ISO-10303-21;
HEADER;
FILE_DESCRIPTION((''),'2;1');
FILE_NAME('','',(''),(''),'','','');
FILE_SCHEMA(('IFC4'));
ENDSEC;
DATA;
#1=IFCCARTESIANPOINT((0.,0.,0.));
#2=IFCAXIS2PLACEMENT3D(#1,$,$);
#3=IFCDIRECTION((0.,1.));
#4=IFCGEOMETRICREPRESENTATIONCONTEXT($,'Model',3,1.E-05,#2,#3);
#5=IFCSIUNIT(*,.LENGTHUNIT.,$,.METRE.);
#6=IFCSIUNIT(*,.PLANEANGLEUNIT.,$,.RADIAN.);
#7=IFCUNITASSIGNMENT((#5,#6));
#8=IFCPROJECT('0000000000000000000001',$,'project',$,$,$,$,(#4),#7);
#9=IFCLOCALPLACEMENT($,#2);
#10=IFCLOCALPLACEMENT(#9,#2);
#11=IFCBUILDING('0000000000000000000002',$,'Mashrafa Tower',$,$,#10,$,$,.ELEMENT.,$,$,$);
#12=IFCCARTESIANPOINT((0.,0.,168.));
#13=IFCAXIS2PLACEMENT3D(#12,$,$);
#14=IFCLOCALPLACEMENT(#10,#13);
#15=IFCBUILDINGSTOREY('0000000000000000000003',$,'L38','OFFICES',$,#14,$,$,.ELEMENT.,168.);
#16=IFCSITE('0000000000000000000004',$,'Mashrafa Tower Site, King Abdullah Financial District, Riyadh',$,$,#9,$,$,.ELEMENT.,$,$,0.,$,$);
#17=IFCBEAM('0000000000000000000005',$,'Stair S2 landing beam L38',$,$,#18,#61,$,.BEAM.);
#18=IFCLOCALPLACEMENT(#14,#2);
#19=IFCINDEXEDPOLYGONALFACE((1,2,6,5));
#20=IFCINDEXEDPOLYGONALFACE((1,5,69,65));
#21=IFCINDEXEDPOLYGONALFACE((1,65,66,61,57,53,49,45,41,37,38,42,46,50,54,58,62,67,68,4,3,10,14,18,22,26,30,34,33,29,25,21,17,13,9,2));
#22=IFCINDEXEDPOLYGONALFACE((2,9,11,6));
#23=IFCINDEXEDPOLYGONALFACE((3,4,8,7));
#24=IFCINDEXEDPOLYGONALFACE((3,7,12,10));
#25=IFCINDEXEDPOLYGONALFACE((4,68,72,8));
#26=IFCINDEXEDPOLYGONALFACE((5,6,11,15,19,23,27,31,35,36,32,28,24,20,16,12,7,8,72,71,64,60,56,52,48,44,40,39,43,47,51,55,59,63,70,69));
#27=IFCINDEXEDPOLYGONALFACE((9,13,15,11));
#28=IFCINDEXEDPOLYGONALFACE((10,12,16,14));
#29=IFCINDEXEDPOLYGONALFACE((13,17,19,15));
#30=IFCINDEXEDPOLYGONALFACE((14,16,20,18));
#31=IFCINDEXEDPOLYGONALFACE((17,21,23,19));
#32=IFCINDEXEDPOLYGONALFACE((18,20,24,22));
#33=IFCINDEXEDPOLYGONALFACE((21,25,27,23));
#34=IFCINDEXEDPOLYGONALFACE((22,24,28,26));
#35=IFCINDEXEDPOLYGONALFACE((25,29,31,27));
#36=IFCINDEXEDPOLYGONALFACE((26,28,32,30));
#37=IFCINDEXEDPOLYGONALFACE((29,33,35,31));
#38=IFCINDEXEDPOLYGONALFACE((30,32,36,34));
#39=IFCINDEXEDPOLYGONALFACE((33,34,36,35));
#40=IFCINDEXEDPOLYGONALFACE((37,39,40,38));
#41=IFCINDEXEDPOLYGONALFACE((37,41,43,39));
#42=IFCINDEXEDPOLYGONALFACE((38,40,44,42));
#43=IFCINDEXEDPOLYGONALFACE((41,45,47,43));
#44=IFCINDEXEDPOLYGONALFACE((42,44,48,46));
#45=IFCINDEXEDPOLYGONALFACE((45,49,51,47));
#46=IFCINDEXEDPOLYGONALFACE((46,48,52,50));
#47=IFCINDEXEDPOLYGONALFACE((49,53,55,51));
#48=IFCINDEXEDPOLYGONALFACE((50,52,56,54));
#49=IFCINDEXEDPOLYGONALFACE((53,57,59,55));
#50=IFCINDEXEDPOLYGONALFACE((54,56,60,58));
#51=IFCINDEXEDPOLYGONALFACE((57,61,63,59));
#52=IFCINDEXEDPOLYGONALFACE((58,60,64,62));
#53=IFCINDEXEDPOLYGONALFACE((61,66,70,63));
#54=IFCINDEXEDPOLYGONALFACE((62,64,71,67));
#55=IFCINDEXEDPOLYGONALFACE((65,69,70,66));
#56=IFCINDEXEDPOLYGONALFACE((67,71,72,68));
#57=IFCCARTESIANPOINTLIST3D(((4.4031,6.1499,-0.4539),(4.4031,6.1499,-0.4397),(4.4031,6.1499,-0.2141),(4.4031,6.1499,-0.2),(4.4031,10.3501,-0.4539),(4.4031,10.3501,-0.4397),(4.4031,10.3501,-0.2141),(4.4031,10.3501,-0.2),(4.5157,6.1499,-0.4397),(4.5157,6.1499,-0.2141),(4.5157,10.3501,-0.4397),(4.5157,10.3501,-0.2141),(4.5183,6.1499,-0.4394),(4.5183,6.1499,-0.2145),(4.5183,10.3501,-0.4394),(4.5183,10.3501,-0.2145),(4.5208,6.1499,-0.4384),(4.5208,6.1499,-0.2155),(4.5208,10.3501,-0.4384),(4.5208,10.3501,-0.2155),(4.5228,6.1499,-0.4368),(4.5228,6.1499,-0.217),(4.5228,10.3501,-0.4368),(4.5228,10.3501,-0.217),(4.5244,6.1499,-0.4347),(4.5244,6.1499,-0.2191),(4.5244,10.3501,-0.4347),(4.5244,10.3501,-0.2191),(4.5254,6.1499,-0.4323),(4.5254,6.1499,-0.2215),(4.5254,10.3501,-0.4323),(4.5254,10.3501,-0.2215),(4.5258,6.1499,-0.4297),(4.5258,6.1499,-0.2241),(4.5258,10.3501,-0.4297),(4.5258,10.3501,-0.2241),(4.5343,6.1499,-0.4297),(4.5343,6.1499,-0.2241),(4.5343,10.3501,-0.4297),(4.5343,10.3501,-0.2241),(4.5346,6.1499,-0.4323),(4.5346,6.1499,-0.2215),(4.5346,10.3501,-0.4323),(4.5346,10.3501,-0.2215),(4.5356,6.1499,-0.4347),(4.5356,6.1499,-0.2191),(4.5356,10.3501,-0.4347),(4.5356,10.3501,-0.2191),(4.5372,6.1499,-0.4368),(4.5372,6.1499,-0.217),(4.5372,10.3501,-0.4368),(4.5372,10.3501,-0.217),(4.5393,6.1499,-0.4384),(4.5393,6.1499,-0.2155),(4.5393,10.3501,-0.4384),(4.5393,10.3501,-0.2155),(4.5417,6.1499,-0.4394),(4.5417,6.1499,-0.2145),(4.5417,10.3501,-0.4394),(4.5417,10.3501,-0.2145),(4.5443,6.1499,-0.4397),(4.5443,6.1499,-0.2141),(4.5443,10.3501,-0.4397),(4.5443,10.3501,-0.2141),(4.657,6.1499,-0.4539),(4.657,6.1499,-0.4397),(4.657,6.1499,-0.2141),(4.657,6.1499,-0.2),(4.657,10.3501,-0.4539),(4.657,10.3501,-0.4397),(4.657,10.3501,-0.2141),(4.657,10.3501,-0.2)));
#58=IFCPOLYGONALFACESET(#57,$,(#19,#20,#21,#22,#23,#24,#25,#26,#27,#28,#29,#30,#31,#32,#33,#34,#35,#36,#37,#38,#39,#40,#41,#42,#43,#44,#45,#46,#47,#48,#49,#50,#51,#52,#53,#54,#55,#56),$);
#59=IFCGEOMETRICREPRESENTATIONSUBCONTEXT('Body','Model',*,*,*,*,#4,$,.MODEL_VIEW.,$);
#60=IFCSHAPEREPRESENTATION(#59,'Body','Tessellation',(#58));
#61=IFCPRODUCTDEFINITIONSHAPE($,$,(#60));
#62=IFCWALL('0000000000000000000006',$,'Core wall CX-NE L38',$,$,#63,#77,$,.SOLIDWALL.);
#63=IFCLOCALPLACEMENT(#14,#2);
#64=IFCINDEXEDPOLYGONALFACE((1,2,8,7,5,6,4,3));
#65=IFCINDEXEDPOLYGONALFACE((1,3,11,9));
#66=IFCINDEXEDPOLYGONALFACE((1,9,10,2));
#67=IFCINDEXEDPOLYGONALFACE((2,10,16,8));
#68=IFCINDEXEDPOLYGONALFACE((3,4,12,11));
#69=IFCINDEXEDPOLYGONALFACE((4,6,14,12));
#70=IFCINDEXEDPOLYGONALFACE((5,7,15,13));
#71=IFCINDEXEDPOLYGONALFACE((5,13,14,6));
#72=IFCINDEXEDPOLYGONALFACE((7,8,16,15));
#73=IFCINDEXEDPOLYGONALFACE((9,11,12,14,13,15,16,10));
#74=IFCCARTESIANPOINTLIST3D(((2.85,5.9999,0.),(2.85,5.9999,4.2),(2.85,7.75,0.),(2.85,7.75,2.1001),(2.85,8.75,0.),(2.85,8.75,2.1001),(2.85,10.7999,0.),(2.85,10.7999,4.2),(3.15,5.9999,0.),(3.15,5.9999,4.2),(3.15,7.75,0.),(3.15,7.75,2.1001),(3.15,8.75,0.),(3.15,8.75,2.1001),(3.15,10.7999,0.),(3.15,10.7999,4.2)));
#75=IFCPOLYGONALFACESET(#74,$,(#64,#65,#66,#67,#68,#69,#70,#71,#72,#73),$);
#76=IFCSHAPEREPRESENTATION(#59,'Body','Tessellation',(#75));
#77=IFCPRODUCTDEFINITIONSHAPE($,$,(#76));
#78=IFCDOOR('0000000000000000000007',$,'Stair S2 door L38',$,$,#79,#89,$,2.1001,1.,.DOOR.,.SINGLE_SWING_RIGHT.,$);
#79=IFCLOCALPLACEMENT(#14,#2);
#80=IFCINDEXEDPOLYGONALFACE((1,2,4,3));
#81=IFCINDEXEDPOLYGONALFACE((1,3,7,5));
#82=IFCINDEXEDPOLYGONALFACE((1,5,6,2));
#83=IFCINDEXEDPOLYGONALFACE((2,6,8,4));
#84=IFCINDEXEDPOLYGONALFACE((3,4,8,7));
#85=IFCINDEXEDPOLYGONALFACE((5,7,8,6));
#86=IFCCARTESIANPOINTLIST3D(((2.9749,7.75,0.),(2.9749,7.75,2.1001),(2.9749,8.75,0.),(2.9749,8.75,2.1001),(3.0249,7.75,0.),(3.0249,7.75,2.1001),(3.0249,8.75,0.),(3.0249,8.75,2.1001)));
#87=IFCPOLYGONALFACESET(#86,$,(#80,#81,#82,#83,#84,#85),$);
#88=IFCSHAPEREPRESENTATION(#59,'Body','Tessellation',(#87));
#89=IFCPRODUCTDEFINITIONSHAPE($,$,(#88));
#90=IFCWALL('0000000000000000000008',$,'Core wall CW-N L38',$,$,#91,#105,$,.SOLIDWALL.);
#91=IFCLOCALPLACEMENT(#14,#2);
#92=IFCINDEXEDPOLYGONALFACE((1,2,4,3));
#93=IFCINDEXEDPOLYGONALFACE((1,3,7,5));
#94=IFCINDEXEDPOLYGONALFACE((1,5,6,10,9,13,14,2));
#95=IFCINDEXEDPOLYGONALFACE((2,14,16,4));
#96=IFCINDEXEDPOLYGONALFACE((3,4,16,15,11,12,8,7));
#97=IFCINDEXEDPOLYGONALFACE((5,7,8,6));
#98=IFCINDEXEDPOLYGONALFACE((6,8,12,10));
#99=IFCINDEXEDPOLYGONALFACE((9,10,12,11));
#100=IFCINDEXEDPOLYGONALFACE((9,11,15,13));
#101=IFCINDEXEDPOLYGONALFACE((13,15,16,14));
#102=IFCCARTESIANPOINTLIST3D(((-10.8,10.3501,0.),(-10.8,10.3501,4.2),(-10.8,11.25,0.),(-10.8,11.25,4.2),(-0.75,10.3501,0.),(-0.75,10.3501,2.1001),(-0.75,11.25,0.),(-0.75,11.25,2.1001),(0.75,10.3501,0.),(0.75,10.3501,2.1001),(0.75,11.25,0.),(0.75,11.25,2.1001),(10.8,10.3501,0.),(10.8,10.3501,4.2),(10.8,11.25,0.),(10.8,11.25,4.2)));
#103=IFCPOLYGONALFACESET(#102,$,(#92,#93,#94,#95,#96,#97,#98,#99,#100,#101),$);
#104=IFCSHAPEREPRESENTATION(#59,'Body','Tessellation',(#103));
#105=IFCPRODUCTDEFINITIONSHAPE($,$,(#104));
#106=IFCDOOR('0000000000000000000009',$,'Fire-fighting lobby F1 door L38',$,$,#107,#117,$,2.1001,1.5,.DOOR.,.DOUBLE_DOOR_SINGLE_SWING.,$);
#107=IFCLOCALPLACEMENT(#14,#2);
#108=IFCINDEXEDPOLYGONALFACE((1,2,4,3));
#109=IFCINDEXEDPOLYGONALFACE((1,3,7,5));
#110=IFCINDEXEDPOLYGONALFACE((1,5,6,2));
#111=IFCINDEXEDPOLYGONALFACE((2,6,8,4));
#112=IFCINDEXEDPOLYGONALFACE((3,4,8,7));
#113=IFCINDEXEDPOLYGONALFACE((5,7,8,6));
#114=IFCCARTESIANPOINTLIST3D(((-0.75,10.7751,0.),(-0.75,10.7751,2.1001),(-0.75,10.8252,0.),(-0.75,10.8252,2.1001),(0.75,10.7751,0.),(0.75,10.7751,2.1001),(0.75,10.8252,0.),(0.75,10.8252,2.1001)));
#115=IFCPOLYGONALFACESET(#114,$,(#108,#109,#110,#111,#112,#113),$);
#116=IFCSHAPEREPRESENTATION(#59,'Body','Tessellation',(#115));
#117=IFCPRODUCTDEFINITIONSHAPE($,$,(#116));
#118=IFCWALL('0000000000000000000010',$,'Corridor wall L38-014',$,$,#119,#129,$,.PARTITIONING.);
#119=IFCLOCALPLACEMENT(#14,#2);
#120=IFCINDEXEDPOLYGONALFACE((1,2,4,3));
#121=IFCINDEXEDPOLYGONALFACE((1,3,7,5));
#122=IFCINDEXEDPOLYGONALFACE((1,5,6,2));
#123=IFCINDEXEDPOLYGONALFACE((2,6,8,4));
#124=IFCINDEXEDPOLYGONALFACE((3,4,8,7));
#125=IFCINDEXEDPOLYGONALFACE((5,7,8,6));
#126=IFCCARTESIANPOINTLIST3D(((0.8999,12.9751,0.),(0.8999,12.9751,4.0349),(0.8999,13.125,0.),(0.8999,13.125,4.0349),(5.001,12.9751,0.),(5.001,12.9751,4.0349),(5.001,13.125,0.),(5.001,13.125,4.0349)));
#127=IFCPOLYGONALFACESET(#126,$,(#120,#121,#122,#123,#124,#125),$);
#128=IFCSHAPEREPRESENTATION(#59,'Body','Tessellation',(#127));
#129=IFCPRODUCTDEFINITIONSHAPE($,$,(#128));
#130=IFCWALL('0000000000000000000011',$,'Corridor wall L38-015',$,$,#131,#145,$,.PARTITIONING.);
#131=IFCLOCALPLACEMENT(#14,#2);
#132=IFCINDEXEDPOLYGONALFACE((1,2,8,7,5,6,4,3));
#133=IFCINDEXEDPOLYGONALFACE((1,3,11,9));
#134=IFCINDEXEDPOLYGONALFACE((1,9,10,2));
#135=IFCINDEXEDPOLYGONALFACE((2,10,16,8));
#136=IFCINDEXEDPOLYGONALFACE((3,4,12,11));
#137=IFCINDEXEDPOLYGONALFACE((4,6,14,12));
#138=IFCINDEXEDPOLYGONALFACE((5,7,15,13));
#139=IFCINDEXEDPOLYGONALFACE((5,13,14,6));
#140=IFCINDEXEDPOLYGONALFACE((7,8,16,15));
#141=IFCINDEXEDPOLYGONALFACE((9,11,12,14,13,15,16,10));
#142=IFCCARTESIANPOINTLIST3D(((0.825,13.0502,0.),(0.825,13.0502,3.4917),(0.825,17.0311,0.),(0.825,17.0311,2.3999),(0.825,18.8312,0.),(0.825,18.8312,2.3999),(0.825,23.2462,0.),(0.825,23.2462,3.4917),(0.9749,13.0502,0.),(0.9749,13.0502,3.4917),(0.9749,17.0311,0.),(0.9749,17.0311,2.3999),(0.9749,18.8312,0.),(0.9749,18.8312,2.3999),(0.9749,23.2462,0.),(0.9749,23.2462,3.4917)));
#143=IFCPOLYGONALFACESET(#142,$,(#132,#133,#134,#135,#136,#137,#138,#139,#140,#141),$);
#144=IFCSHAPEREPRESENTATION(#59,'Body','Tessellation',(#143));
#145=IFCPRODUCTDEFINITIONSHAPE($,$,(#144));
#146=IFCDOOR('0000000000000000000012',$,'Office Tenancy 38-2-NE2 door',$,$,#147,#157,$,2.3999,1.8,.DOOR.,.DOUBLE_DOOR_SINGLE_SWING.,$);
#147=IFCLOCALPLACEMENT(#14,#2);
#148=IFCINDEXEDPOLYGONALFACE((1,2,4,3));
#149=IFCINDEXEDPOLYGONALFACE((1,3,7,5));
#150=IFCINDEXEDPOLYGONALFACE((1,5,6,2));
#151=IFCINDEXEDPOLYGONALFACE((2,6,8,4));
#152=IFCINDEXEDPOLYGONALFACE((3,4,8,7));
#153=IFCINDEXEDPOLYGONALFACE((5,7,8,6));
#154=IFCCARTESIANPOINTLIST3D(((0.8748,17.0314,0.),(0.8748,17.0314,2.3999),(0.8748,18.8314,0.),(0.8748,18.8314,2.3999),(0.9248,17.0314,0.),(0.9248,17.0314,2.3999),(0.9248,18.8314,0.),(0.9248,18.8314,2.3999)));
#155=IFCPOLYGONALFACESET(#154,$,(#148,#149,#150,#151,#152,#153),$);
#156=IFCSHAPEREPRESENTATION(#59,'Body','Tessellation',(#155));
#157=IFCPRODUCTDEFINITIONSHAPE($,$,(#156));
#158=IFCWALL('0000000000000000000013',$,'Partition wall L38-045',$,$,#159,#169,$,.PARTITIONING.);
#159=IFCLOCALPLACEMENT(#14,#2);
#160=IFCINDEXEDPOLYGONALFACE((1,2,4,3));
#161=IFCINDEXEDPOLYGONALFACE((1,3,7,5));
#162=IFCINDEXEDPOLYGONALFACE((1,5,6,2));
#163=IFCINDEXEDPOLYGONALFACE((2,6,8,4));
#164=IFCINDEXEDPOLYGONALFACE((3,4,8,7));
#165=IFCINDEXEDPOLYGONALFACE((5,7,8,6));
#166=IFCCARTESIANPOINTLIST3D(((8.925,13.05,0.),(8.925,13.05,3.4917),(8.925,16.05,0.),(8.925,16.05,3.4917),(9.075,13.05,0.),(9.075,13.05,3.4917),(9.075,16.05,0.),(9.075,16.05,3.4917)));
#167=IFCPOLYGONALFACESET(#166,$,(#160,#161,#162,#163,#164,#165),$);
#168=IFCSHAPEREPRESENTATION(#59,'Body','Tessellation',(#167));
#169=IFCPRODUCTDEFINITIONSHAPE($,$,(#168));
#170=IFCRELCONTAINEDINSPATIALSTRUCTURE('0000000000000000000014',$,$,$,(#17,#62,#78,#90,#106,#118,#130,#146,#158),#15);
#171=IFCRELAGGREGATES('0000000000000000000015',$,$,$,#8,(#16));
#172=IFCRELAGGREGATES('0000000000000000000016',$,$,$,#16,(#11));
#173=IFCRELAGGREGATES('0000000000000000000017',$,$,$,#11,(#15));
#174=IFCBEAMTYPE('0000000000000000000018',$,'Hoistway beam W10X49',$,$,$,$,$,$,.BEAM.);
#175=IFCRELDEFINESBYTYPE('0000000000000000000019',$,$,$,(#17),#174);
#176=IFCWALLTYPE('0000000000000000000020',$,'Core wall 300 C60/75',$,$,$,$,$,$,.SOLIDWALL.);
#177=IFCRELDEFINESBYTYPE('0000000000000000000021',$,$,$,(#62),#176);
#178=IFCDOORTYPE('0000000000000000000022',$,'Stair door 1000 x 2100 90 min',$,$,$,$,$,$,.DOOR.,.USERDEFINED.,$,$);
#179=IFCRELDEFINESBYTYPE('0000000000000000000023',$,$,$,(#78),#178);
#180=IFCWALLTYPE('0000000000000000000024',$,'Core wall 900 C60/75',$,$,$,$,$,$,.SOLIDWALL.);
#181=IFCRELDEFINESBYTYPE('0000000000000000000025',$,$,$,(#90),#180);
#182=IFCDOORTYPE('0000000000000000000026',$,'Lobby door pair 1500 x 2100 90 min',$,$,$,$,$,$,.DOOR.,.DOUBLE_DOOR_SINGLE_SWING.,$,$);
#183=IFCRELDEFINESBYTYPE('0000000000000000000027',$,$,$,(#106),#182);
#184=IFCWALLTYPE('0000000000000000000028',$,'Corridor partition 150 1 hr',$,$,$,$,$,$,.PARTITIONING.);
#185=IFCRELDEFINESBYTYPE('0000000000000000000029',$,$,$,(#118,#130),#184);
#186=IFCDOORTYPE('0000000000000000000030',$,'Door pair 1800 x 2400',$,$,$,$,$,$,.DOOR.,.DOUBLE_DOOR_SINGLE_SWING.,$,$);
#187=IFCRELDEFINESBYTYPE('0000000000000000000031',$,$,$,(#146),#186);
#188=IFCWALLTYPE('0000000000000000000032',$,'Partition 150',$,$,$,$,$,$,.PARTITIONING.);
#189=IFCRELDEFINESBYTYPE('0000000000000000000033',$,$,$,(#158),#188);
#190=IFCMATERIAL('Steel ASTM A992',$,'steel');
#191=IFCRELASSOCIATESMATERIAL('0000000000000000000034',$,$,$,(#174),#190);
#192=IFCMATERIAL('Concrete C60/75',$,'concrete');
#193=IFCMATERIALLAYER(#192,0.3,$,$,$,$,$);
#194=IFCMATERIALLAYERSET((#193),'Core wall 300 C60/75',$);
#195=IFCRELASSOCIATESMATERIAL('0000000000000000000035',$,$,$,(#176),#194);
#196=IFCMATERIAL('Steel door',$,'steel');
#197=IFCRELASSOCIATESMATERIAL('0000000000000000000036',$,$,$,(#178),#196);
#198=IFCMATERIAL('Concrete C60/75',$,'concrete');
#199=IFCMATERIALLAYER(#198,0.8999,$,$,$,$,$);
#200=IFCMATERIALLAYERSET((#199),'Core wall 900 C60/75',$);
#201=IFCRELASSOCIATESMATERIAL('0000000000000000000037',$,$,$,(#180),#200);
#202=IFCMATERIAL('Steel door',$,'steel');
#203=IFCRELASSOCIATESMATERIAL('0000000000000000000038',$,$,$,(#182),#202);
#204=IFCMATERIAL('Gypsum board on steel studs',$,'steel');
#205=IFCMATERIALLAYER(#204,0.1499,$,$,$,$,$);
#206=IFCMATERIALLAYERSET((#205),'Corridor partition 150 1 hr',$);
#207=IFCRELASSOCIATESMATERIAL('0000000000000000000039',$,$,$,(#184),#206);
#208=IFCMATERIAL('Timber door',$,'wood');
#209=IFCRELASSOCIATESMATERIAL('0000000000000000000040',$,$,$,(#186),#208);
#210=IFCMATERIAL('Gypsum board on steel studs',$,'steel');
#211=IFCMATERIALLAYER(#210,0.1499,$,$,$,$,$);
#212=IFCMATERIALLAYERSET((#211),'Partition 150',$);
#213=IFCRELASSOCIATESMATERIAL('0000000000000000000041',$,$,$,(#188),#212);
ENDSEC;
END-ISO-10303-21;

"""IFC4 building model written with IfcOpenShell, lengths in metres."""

from ifc_helpers import new_model, si_unit, direction, frame, frame_2d, origin, origin_2d, place, context, subcontext, project, spatial, rectangle, i_section, extrude, material, layer, layer_set, material_profile, profile_set, type_object, element, fill, save


model = new_model("IFC4")

# Units and contexts
model_context = context("Model", 3, precision=1e-05, world=origin(), true_north=direction((0.0, 1.0)))
body_context = subcontext(model_context, "Body", "Model", "MODEL_VIEW")
ifc_project = project(units=[si_unit("LENGTHUNIT", "METRE"), si_unit("PLANEANGLEUNIT", "RADIAN")], contexts=[model_context])

# Site, building, storey
site_placement = place(None, origin())
site = spatial("IfcSite", under=ifc_project, at=site_placement, Name="Mashrafa Tower Site, King Abdullah Financial District, Riyadh", CompositionType="ELEMENT", RefElevation=0.0)
building_placement = place(site_placement, origin())
building = spatial("IfcBuilding", under=site, at=building_placement, Name="Mashrafa Tower", CompositionType="ELEMENT")
storey_placement = place(building_placement, frame((0.0, 0.0, 168.0)))
storey = spatial("IfcBuildingStorey", under=building, at=storey_placement, Name="L38", Description="OFFICES", CompositionType="ELEMENT", Elevation=168.0)

# Beam
ifc_material_1 = material(Name="Steel ASTM A992", Category="steel")
ifc_material_profile_1 = material_profile(ifc_material_1, i_section(OverallWidth=0.2539, OverallDepth=0.2539, WebThickness=0.0085, FlangeThickness=0.0142, FilletRadius=0.01, at=origin_2d()), Name="W10X49")
ifc_profile_set_1 = profile_set([ifc_material_profile_1], Name="Steel ASTM A992")
beam_type_1 = type_object("IfcBeamType", Name="Hoistway beam W10X49", PredefinedType="BEAM", material=ifc_profile_set_1)
beam_1_placement = place(storey_placement, frame((4.53, 6.1499, -0.3269), z_axis=(0.0, 1.0, 0.0), x_axis=(-1.0, 0.0, 0.0)))
element("IfcBeam", 1, at=beam_1_placement, inside=storey, type_object=beam_type_1, Name="Stair S2 landing beam L38", PredefinedType="BEAM", context=body_context, shape_type="SweptSolid", body=[
    extrude(i_section(OverallWidth=0.2539, OverallDepth=0.2539, WebThickness=0.0085, FlangeThickness=0.0142, FilletRadius=0.01, at=origin_2d()), origin(), (0.0, 0.0, 1.0), 4.2002),
])

# Walls, openings, doors
ifc_material_2 = material(Name="Concrete C60/75", Category="concrete")
ifc_layer_1 = layer(ifc_material_2, 0.3)
ifc_layer_set_1 = layer_set([ifc_layer_1], Name="Core wall 300 C60/75")
wall_type_1 = type_object("IfcWallType", Name="Core wall 300 C60/75", PredefinedType="SOLIDWALL", material=ifc_layer_set_1)
wall_1_placement = place(storey_placement, frame((3.0, 6.0, 0.0), z_axis=(0.0, 0.0, 1.0), x_axis=(0.0, 1.0, 0.0)))
wall_1 = element("IfcWall", 2, at=wall_1_placement, inside=storey, type_object=wall_type_1, Name="Core wall CX-NE L38", PredefinedType="SOLIDWALL", context=body_context, shape_type="SweptSolid", body=[
    extrude(rectangle(XDim=4.8, YDim=0.3, at=frame_2d((2.3999, 0.0))), origin(), (0.0, 0.0, 1.0), 4.2),
])
opening_1_placement = place(wall_1_placement, frame((1.75, 0.0, 0.0)))
opening_1 = element("IfcOpeningElement", 3, at=opening_1_placement, cuts=wall_1, PredefinedType="OPENING", context=body_context, shape_type="SweptSolid", body=[
    extrude(rectangle(XDim=1.0, YDim=2.1001, at=frame_2d((0.5, 1.05))), frame((0.0, 0.1599, 0.0), z_axis=(0.0, -1.0, 0.0), x_axis=(1.0, 0.0, 0.0)), (0.0, 0.0, 1.0), 0.3201),
])
ifc_material_3 = material(Name="Steel door", Category="steel")
door_type_1 = type_object("IfcDoorType", Name="Stair door 1000 x 2100 90 min", OperationType="USERDEFINED", PredefinedType="DOOR", material=ifc_material_3)
door_1_placement = place(opening_1_placement, frame((1.0, 0.0, 0.0), z_axis=(0.0, 0.0, 1.0), x_axis=(-1.0, 0.0, 0.0)))
door_1 = element("IfcDoor", 4, at=door_1_placement, inside=storey, type_object=door_type_1, Name="Stair S2 door L38", OperationType="SINGLE_SWING_RIGHT", OverallHeight=2.1001, OverallWidth=1.0, PredefinedType="DOOR", context=body_context, shape_type="SweptSolid", body=[
    extrude(rectangle(XDim=1.0, YDim=2.1001, at=frame_2d((0.5, 1.05))), frame((0.0, 0.0249, 0.0), z_axis=(0.0, -1.0, 0.0), x_axis=(1.0, 0.0, 0.0)), (0.0, 0.0, 1.0), 0.05),
])
fill(opening_1, door_1)
ifc_material_4 = material(Name="Concrete C60/75", Category="concrete")
ifc_layer_2 = layer(ifc_material_4, 0.8999)
ifc_layer_set_2 = layer_set([ifc_layer_2], Name="Core wall 900 C60/75")
wall_type_2 = type_object("IfcWallType", Name="Core wall 900 C60/75", PredefinedType="SOLIDWALL", material=ifc_layer_set_2)
wall_2_placement = place(storey_placement, frame((10.8, 10.8, 0.0), z_axis=(0.0, 0.0, 1.0), x_axis=(-1.0, 0.0, 0.0)))
wall_2 = element("IfcWall", 5, at=wall_2_placement, inside=storey, type_object=wall_type_2, Name="Core wall CW-N L38", PredefinedType="SOLIDWALL", context=body_context, shape_type="SweptSolid", body=[
    extrude(rectangle(XDim=21.6001, YDim=0.8999, at=frame_2d((10.8, 0.0))), origin(), (0.0, 0.0, 1.0), 4.2),
])
opening_2_placement = place(wall_2_placement, frame((10.05, 0.0, 0.0)))
opening_2 = element("IfcOpeningElement", 6, at=opening_2_placement, cuts=wall_2, PredefinedType="OPENING", context=body_context, shape_type="SweptSolid", body=[
    extrude(rectangle(XDim=1.5, YDim=2.1001, at=frame_2d((0.75, 1.05))), frame((0.0, 0.46, 0.0), z_axis=(0.0, -1.0, 0.0), x_axis=(1.0, 0.0, 0.0)), (0.0, 0.0, 1.0), 0.9199),
])
ifc_material_5 = material(Name="Steel door", Category="steel")
door_type_2 = type_object("IfcDoorType", Name="Lobby door pair 1500 x 2100 90 min", OperationType="DOUBLE_DOOR_SINGLE_SWING", PredefinedType="DOOR", material=ifc_material_5)
door_2_placement = place(opening_2_placement, origin())
door_2 = element("IfcDoor", 7, at=door_2_placement, inside=storey, type_object=door_type_2, Name="Fire-fighting lobby F1 door L38", OperationType="DOUBLE_DOOR_SINGLE_SWING", OverallHeight=2.1001, OverallWidth=1.5, PredefinedType="DOOR", context=body_context, shape_type="SweptSolid", body=[
    extrude(rectangle(XDim=1.5, YDim=2.1001, at=frame_2d((0.75, 1.05))), frame((0.0, 0.0249, 0.0), z_axis=(0.0, -1.0, 0.0), x_axis=(1.0, 0.0, 0.0)), (0.0, 0.0, 1.0), 0.05),
])
fill(opening_2, door_2)

# Wall
ifc_material_6 = material(Name="Gypsum board on steel studs", Category="steel")
ifc_layer_3 = layer(ifc_material_6, 0.1499)
ifc_layer_set_3 = layer_set([ifc_layer_3], Name="Corridor partition 150 1 hr")
wall_type_3 = type_object("IfcWallType", Name="Corridor partition 150 1 hr", PredefinedType="PARTITIONING", material=ifc_layer_set_3)
wall_3_placement = place(storey_placement, frame((5.001, 13.05, 0.0), z_axis=(0.0, 0.0, 1.0), x_axis=(-1.0, 0.0, 0.0)))
element("IfcWall", 8, at=wall_3_placement, inside=storey, type_object=wall_type_3, Name="Corridor wall L38-014", PredefinedType="PARTITIONING", context=body_context, shape_type="SweptSolid", body=[
    extrude(rectangle(XDim=4.1011, YDim=0.1499, at=frame_2d((2.0505, 0.0))), origin(), (0.0, 0.0, 1.0), 4.0349),
])

# Wall, opening, door
wall_4_placement = place(storey_placement, frame((0.8999, 13.05, 0.0), z_axis=(0.0, 0.0, 1.0), x_axis=(0.0, 1.0, 0.0)))
wall_4 = element("IfcWall", 9, at=wall_4_placement, inside=storey, type_object=wall_type_3, Name="Corridor wall L38-015", PredefinedType="PARTITIONING", context=body_context, shape_type="SweptSolid", body=[
    extrude(rectangle(XDim=10.196, YDim=0.1499, at=frame_2d((5.0981, 0.0))), origin(), (0.0, 0.0, 1.0), 3.4917),
])
opening_3_placement = place(wall_4_placement, frame((3.9812, 0.0, 0.0)))
opening_3 = element("IfcOpeningElement", 10, at=opening_3_placement, cuts=wall_4, PredefinedType="OPENING", context=body_context, shape_type="SweptSolid", body=[
    extrude(rectangle(XDim=1.8, YDim=2.3999, at=frame_2d((0.8999, 1.2))), frame((0.0, 0.085, 0.0), z_axis=(0.0, -1.0, 0.0), x_axis=(1.0, 0.0, 0.0)), (0.0, 0.0, 1.0), 0.1699),
])
ifc_material_7 = material(Name="Timber door", Category="wood")
door_type_3 = type_object("IfcDoorType", Name="Door pair 1800 x 2400", OperationType="DOUBLE_DOOR_SINGLE_SWING", PredefinedType="DOOR", material=ifc_material_7)
door_3_placement = place(opening_3_placement, frame((1.8, 0.0, 0.0), z_axis=(0.0, 0.0, 1.0), x_axis=(-1.0, 0.0, 0.0)))
door_3 = element("IfcDoor", 11, at=door_3_placement, inside=storey, type_object=door_type_3, Name="Office Tenancy 38-2-NE2 door", OperationType="DOUBLE_DOOR_SINGLE_SWING", OverallHeight=2.3999, OverallWidth=1.8, PredefinedType="DOOR", context=body_context, shape_type="SweptSolid", body=[
    extrude(rectangle(XDim=1.8, YDim=2.3999, at=frame_2d((0.8999, 1.2))), frame((0.0, 0.0249, 0.0), z_axis=(0.0, -1.0, 0.0), x_axis=(1.0, 0.0, 0.0)), (0.0, 0.0, 1.0), 0.05),
])
fill(opening_3, door_3)

# Wall
ifc_material_8 = material(Name="Gypsum board on steel studs", Category="steel")
ifc_layer_4 = layer(ifc_material_8, 0.1499)
ifc_layer_set_4 = layer_set([ifc_layer_4], Name="Partition 150")
wall_type_4 = type_object("IfcWallType", Name="Partition 150", PredefinedType="PARTITIONING", material=ifc_layer_set_4)
wall_5_placement = place(storey_placement, frame((9.0, 13.05, 0.0), z_axis=(0.0, 0.0, 1.0), x_axis=(0.0, 1.0, 0.0)))
element("IfcWall", 12, at=wall_5_placement, inside=storey, type_object=wall_type_4, Name="Partition wall L38-045", PredefinedType="PARTITIONING", context=body_context, shape_type="SweptSolid", body=[
    extrude(rectangle(XDim=3.0, YDim=0.1499, at=frame_2d((1.5, 0.0))), origin(), (0.0, 0.0, 1.0), 3.4917),
])

save(model, "model.ifc")
